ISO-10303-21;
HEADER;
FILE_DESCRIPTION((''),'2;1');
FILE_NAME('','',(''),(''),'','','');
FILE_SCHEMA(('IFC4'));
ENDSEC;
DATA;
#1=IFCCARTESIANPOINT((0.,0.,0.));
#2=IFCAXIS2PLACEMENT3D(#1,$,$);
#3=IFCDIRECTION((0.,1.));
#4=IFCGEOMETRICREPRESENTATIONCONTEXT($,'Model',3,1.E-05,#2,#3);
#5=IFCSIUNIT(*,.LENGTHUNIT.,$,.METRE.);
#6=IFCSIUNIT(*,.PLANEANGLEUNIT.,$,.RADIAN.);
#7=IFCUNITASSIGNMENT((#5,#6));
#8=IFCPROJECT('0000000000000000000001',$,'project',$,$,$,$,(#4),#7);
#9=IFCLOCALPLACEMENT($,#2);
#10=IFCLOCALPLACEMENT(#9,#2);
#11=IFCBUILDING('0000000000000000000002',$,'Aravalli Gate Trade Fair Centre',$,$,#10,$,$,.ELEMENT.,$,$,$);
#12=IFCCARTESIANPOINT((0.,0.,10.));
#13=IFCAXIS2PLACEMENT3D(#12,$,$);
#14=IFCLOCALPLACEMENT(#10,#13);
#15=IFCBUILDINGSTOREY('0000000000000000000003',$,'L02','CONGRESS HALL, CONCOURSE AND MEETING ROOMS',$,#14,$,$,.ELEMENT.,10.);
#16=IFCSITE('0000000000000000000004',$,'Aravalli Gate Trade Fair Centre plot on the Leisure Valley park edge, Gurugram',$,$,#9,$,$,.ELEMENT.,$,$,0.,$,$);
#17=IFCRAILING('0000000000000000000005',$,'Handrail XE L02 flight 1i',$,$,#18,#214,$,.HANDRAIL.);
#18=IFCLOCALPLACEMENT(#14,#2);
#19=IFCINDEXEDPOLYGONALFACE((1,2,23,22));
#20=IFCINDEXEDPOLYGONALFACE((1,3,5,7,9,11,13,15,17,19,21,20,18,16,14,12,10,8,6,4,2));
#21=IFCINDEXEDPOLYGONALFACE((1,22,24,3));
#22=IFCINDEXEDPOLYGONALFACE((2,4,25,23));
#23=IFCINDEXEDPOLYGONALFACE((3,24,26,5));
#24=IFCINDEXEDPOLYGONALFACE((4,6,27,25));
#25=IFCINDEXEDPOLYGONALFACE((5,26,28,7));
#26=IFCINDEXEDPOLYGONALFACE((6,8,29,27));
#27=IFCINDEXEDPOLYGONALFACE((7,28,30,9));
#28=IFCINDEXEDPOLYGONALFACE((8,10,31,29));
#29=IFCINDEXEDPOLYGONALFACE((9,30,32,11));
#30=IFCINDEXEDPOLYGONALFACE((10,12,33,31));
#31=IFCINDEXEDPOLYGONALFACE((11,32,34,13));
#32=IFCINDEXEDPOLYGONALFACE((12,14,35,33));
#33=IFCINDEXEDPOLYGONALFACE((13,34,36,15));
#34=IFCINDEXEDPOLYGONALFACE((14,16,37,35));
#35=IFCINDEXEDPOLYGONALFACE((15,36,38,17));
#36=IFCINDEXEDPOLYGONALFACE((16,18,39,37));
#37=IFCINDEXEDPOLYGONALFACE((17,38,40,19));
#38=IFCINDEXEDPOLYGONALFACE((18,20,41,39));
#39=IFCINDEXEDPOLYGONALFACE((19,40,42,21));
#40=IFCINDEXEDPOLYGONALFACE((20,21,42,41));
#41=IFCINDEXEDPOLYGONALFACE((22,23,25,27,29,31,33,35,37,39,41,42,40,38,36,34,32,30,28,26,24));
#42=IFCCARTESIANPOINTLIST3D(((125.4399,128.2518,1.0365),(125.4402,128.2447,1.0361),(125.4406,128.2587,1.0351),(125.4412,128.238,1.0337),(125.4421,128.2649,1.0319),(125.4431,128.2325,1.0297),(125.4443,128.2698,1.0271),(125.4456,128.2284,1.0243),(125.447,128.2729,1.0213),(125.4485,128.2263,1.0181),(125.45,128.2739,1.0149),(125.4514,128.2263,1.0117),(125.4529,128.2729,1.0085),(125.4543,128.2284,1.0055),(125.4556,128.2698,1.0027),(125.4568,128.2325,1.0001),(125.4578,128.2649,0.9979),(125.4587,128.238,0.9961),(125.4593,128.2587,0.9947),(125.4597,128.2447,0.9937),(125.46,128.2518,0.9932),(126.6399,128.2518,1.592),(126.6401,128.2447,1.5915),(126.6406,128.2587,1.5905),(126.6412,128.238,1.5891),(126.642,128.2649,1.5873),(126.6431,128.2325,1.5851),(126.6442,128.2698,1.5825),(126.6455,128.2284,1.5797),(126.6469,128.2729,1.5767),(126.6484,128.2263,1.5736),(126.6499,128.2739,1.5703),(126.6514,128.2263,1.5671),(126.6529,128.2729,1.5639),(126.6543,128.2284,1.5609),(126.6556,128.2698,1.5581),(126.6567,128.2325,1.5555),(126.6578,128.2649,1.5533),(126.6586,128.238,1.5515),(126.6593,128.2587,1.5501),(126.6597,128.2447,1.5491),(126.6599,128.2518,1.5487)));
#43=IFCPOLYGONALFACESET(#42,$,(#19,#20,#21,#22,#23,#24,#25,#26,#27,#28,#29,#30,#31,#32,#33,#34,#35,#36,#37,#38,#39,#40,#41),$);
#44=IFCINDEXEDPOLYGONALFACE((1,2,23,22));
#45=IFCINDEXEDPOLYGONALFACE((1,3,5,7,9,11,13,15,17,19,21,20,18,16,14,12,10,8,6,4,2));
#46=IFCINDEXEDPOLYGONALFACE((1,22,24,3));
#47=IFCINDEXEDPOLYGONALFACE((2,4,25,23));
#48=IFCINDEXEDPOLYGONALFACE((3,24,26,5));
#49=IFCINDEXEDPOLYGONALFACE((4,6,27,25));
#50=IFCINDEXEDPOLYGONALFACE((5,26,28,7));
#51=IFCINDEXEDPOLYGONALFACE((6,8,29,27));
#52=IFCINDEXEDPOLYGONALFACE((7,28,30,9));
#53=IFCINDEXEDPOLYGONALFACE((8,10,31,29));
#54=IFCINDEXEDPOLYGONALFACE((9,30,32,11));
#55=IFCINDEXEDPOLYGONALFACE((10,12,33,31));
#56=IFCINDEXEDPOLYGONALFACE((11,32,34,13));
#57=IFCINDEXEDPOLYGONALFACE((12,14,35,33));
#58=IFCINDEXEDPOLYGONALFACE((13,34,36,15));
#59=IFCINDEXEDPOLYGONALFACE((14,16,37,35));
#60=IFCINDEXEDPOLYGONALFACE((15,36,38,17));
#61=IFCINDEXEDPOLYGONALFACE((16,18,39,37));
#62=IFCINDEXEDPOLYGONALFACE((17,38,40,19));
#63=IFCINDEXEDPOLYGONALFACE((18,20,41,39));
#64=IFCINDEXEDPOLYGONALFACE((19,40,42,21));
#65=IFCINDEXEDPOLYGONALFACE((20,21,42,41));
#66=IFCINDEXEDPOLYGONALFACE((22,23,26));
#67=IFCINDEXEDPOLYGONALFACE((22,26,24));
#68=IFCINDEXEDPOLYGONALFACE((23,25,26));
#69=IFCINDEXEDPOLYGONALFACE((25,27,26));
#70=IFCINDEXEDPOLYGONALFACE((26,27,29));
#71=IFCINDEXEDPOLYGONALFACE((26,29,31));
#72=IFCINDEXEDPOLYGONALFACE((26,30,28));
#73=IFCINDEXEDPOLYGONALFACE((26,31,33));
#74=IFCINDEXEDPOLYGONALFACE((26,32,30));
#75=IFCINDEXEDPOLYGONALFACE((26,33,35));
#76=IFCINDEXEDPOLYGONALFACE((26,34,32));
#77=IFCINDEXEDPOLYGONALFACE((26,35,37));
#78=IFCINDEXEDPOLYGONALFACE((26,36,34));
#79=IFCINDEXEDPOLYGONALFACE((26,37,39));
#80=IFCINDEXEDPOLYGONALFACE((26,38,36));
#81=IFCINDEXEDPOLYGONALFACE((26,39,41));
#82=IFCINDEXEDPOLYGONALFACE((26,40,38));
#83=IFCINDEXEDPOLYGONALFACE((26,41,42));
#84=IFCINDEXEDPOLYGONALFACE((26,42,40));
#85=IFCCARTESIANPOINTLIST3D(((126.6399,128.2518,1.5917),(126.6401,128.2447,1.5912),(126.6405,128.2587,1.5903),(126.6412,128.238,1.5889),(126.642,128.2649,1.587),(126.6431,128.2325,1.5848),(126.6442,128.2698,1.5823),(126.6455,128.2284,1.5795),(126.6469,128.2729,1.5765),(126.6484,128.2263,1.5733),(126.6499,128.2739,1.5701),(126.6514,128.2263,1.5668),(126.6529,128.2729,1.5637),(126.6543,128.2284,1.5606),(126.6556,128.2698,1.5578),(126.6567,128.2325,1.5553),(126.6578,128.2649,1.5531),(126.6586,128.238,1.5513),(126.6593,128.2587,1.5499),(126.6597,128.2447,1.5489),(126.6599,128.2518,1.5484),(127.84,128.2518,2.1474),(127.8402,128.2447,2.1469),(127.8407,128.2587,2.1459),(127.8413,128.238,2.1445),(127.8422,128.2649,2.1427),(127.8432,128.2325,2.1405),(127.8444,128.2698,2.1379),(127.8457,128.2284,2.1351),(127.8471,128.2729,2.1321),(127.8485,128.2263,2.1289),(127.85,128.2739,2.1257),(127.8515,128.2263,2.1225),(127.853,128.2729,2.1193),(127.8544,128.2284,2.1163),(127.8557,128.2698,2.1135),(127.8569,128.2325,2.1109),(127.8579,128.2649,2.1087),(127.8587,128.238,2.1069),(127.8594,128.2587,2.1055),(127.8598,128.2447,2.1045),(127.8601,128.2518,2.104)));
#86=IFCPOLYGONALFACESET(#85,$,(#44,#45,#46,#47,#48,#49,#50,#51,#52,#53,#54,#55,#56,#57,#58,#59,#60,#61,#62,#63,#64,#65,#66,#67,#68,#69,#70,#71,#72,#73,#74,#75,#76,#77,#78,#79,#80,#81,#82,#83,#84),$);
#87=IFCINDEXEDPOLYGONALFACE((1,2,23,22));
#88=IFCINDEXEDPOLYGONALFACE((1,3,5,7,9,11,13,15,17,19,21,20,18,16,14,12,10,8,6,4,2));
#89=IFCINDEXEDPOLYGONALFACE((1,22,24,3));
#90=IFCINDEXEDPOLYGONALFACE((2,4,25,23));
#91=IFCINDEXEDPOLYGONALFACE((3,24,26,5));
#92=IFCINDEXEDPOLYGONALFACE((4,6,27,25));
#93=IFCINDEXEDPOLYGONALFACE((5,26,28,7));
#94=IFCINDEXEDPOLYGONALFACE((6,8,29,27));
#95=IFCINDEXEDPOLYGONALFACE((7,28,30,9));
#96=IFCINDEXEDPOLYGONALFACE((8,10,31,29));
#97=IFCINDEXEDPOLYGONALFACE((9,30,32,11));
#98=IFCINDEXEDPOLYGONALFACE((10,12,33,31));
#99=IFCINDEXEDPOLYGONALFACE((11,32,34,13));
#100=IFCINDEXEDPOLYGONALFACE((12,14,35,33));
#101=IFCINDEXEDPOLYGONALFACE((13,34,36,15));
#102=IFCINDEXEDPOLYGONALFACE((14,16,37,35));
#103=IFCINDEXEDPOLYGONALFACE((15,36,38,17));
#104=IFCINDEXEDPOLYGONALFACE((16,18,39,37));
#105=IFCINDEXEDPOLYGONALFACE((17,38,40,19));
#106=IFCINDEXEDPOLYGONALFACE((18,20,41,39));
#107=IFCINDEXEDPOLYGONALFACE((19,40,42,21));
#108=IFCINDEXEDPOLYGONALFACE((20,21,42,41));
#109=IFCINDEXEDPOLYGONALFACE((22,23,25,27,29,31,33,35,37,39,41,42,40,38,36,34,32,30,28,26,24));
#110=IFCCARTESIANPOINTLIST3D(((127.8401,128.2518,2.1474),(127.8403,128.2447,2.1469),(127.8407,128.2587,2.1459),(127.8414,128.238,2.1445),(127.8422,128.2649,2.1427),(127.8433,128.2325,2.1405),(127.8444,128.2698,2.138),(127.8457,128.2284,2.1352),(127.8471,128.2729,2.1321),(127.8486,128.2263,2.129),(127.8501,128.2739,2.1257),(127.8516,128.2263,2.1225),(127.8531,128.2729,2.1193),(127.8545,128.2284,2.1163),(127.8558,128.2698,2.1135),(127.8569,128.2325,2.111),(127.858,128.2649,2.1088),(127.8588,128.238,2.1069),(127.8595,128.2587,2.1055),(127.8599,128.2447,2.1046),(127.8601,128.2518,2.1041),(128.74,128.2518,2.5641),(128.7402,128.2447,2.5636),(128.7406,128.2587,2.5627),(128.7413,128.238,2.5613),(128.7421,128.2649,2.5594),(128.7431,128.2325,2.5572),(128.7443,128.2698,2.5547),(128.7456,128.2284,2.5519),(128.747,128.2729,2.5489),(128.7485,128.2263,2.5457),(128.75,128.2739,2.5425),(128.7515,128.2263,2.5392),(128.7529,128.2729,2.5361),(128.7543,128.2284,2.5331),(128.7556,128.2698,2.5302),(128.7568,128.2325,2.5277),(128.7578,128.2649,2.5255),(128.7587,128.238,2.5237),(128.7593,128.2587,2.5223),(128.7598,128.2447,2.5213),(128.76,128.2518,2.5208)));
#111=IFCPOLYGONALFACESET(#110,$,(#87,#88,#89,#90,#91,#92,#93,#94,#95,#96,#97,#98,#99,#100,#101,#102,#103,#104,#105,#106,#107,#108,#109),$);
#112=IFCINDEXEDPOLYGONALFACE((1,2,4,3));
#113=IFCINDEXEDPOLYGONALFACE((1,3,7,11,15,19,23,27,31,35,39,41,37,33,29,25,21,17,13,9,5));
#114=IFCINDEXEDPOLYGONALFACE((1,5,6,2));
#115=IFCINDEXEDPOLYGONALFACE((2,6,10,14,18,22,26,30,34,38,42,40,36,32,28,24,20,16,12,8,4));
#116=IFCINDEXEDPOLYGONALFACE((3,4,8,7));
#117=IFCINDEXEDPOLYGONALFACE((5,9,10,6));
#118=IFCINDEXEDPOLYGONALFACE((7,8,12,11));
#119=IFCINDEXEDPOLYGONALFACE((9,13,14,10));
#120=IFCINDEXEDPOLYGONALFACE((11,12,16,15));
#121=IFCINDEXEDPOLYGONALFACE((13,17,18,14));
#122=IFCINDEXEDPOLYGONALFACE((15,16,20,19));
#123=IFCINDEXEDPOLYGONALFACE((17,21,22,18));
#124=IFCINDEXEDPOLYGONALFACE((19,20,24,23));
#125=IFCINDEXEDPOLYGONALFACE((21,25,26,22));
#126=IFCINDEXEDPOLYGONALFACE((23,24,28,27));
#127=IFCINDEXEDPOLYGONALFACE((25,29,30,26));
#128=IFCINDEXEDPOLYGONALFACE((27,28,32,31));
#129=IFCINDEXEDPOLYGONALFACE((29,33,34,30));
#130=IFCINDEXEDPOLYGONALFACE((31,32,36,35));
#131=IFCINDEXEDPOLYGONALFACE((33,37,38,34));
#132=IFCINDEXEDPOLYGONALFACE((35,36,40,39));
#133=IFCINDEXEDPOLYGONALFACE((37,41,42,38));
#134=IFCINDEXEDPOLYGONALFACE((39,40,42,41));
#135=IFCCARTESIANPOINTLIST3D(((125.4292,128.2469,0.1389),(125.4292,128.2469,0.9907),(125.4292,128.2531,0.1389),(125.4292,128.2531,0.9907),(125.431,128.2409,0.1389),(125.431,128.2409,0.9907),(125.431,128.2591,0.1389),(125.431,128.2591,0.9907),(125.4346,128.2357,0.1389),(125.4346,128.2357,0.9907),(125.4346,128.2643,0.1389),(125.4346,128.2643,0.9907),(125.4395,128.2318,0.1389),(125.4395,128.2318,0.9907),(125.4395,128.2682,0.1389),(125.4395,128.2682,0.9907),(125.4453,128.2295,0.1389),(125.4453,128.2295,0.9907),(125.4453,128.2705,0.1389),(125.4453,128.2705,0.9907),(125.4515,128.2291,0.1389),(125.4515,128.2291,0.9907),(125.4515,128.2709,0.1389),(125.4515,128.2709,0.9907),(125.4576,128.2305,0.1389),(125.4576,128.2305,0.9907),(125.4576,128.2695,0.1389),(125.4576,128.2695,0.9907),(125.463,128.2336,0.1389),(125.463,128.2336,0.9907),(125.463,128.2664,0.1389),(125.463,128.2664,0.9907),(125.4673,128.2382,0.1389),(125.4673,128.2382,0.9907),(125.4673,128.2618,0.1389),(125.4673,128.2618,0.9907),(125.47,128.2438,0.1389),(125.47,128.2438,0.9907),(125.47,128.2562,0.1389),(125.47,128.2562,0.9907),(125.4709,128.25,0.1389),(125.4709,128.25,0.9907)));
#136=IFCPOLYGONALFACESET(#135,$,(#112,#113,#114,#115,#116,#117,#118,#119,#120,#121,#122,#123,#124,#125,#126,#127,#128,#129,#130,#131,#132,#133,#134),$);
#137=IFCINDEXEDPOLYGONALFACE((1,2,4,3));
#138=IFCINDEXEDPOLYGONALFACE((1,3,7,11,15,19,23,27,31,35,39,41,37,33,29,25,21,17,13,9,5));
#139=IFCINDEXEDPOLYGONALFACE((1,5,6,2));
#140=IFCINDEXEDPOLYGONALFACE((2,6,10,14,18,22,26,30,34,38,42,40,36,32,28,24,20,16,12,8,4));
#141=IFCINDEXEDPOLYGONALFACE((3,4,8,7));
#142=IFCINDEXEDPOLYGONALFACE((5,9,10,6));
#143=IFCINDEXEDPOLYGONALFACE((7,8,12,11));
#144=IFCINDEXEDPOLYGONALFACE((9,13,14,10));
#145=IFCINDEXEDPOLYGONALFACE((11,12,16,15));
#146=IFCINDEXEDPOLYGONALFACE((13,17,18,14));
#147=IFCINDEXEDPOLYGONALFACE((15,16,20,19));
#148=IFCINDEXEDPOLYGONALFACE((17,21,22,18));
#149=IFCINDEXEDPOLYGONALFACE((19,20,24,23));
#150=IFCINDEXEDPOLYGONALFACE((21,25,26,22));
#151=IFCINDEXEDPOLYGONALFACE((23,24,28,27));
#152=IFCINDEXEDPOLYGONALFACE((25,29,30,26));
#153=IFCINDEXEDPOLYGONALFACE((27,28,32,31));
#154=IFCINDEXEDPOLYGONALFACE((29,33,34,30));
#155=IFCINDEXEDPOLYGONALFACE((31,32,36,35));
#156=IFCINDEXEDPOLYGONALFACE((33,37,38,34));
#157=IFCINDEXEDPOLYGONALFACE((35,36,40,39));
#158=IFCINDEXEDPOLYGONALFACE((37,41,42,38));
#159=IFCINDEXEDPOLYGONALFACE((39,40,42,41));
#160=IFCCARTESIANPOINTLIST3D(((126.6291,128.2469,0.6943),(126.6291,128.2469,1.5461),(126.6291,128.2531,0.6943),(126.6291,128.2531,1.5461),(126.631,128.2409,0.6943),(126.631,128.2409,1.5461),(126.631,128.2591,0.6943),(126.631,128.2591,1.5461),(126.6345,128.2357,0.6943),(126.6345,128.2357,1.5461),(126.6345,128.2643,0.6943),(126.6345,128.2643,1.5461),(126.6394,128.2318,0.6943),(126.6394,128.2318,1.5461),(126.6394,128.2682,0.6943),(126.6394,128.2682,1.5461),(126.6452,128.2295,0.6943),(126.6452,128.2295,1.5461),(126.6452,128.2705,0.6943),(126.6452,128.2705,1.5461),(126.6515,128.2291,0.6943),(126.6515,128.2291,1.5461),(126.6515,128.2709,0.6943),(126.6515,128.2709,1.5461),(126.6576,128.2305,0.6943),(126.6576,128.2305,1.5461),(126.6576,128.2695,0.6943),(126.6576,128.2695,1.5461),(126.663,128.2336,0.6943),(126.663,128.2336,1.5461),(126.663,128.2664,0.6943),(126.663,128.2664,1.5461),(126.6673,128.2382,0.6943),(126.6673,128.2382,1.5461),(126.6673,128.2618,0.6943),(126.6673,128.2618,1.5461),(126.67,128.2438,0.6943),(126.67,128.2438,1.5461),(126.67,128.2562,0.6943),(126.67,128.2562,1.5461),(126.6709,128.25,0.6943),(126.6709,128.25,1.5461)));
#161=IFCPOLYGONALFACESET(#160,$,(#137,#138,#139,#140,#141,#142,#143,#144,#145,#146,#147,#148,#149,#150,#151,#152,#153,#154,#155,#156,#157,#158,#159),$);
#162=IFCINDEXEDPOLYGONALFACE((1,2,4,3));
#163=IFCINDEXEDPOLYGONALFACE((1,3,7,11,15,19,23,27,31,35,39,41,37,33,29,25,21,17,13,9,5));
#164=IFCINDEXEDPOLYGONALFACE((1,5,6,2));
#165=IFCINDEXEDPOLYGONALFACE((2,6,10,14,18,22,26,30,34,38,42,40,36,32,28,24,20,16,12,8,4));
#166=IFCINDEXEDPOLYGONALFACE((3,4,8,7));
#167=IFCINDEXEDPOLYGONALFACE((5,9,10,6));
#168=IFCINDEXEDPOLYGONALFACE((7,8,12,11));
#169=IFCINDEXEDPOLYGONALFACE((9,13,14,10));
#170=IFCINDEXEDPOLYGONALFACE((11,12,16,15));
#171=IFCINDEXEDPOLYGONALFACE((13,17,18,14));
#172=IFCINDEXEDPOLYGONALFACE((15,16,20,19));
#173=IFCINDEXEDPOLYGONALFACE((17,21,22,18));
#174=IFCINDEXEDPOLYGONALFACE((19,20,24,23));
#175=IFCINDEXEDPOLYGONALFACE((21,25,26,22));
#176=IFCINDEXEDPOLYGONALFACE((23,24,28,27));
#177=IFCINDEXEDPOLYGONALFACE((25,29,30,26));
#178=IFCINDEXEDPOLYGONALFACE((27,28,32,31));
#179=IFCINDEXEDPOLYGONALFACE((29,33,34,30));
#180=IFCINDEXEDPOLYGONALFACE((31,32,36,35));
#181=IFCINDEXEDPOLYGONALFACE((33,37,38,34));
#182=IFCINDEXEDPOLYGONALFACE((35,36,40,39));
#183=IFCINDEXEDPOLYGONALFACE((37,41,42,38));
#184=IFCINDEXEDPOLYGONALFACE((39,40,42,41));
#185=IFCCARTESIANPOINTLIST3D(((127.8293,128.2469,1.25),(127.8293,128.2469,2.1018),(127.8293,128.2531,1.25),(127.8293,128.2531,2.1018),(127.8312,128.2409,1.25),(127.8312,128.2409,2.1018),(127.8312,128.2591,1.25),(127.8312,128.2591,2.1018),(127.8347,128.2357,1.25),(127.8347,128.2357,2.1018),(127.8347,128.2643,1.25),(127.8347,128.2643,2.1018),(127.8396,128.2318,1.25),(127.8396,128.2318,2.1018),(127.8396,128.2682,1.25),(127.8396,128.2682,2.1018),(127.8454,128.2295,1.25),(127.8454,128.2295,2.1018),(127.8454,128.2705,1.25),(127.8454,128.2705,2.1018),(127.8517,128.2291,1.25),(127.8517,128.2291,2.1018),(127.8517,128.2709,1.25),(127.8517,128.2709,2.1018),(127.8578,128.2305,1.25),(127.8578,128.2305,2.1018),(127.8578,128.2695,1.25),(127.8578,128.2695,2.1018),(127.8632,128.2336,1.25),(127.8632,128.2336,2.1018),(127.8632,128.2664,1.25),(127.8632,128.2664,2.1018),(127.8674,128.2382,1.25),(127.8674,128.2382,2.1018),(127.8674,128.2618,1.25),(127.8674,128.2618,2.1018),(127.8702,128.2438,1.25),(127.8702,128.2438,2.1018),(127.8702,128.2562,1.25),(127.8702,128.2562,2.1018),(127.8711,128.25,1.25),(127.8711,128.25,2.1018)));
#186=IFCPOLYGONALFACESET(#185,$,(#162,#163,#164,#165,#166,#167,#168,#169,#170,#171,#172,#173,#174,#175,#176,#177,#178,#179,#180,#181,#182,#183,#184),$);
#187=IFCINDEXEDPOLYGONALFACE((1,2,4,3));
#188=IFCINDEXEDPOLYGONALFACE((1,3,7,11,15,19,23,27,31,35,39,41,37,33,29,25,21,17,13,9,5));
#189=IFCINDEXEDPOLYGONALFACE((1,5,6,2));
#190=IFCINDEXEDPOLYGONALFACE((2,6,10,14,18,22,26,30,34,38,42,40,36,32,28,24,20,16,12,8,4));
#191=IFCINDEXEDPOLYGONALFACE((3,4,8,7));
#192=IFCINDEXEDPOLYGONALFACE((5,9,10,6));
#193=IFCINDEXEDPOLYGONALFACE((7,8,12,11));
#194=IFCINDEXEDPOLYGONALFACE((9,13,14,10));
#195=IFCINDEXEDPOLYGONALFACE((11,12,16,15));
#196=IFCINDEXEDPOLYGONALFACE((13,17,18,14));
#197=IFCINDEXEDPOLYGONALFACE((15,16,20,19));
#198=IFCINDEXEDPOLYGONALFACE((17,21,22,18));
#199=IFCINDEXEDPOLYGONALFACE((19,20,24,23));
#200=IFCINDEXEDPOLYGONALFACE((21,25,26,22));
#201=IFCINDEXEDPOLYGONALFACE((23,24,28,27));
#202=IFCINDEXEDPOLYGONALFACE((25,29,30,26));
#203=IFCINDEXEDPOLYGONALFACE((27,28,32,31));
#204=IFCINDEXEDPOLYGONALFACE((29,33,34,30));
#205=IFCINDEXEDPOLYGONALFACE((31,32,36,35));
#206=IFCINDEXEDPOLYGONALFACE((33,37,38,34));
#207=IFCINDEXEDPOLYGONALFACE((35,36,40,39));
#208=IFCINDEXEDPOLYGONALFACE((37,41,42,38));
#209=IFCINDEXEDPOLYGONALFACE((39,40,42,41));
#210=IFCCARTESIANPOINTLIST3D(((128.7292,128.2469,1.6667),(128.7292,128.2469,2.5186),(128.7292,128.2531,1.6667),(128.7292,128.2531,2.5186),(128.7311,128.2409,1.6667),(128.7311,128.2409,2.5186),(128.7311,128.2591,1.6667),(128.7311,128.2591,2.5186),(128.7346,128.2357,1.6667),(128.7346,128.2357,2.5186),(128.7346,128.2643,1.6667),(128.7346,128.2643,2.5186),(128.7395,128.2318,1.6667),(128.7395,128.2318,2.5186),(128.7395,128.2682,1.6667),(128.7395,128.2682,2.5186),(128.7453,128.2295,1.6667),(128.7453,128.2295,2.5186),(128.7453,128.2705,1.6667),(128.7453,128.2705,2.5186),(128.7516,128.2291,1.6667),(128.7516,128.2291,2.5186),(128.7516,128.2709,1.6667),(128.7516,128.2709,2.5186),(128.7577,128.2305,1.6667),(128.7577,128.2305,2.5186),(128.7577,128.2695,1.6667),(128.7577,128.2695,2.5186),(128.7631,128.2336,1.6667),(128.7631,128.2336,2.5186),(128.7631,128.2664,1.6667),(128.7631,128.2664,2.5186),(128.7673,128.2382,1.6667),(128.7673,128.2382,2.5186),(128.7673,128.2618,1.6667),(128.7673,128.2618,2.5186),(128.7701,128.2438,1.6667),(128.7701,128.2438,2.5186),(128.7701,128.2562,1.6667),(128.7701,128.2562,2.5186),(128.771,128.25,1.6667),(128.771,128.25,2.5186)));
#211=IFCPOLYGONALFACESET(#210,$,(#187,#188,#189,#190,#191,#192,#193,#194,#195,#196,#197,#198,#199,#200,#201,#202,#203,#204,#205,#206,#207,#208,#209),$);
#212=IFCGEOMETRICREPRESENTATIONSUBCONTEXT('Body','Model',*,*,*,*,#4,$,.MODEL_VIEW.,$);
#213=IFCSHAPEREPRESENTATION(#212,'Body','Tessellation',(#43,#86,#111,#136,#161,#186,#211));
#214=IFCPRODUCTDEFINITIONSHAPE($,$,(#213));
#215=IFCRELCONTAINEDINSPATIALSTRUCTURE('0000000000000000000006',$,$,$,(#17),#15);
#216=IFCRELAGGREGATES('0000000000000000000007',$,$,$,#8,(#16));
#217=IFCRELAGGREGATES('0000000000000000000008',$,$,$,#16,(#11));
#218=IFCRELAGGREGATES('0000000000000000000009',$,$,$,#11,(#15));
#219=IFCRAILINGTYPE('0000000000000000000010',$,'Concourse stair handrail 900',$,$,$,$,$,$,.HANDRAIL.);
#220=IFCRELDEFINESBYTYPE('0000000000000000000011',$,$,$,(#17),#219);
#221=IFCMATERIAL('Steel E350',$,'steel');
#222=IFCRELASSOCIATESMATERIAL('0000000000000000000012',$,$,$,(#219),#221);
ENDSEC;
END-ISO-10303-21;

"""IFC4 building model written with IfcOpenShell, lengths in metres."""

from ifc_helpers import new_model, si_unit, direction, frame, origin, origin_2d, place, context, subcontext, project, spatial, circle, extrude, material, type_object, element, save


model = new_model("IFC4")

# Units and contexts
model_context = context("Model", 3, precision=1e-05, world=origin(), true_north=direction((0.0, 1.0)))
body_context = subcontext(model_context, "Body", "Model", "MODEL_VIEW")
ifc_project = project(units=[si_unit("LENGTHUNIT", "METRE"), si_unit("PLANEANGLEUNIT", "RADIAN")], contexts=[model_context])

# Site, building, storey
site_placement = place(None, origin())
site = spatial("IfcSite", under=ifc_project, at=site_placement, Name="Aravalli Gate Trade Fair Centre plot on the Leisure Valley park edge, Gurugram", CompositionType="ELEMENT", RefElevation=0.0)
building_placement = place(site_placement, origin())
building = spatial("IfcBuilding", under=site, at=building_placement, Name="Aravalli Gate Trade Fair Centre", CompositionType="ELEMENT")
storey_placement = place(building_placement, frame((0.0, 0.0, 10.0)))
storey = spatial("IfcBuildingStorey", under=building, at=storey_placement, Name="L02", Description="CONGRESS HALL, CONCOURSE AND MEETING ROOMS", CompositionType="ELEMENT", Elevation=10.0)

# Shared definitions
ifc_material_1 = material(Name="Steel E350", Category="steel")

# Railing
railing_type_1 = type_object("IfcRailingType", Name="Concourse stair handrail 900", PredefinedType="HANDRAIL", material=ifc_material_1)
for number, where, name in (
    (1, (125.45, 128.25, 0.1389), "Handrail XE L02 flight 1i"),
):
    element("IfcRailing", number, at=place(storey_placement, frame(where)), inside=storey, type_object=railing_type_1, Name=name, PredefinedType="HANDRAIL", context=body_context, shape_type="SweptSolid", body=[
        extrude(circle(Radius=0.0239, at=origin_2d()), frame((0.0, 0.0, 0.876), z_axis=(0.907499, 0.0, 0.420053), x_axis=(0.0, 1.0, 0.0)), (0.0, 0.0, 1.0), 1.3223),
        extrude(circle(Radius=0.0239, at=origin_2d()), frame((1.2, 0.0, 1.4312), z_axis=(0.907462, 0.0, 0.420135), x_axis=(0.0, 1.0, 0.0)), (0.0, 0.0, 1.0), 1.3225),
        extrude(circle(Radius=0.0239, at=origin_2d()), frame((2.4001, 0.0, 1.9868), z_axis=(0.907418, 0.0, 0.420229), x_axis=(0.0, 1.0, 0.0)), (0.0, 0.0, 1.0), 0.9917),
        extrude(circle(Radius=0.021, at=origin_2d()), origin(), (0.0, 0.0, 1.0), 0.8518),
        extrude(circle(Radius=0.021, at=origin_2d()), frame((1.2, 0.0, 0.5554)), (0.0, 0.0, 1.0), 0.8518),
        extrude(circle(Radius=0.021, at=origin_2d()), frame((2.4001, 0.0, 1.1111)), (0.0, 0.0, 1.0), 0.8518),
        extrude(circle(Radius=0.021, at=origin_2d()), frame((3.3, 0.0, 1.5278)), (0.0, 0.0, 1.0), 0.8518),
    ])

save(model, "model.ifc")
